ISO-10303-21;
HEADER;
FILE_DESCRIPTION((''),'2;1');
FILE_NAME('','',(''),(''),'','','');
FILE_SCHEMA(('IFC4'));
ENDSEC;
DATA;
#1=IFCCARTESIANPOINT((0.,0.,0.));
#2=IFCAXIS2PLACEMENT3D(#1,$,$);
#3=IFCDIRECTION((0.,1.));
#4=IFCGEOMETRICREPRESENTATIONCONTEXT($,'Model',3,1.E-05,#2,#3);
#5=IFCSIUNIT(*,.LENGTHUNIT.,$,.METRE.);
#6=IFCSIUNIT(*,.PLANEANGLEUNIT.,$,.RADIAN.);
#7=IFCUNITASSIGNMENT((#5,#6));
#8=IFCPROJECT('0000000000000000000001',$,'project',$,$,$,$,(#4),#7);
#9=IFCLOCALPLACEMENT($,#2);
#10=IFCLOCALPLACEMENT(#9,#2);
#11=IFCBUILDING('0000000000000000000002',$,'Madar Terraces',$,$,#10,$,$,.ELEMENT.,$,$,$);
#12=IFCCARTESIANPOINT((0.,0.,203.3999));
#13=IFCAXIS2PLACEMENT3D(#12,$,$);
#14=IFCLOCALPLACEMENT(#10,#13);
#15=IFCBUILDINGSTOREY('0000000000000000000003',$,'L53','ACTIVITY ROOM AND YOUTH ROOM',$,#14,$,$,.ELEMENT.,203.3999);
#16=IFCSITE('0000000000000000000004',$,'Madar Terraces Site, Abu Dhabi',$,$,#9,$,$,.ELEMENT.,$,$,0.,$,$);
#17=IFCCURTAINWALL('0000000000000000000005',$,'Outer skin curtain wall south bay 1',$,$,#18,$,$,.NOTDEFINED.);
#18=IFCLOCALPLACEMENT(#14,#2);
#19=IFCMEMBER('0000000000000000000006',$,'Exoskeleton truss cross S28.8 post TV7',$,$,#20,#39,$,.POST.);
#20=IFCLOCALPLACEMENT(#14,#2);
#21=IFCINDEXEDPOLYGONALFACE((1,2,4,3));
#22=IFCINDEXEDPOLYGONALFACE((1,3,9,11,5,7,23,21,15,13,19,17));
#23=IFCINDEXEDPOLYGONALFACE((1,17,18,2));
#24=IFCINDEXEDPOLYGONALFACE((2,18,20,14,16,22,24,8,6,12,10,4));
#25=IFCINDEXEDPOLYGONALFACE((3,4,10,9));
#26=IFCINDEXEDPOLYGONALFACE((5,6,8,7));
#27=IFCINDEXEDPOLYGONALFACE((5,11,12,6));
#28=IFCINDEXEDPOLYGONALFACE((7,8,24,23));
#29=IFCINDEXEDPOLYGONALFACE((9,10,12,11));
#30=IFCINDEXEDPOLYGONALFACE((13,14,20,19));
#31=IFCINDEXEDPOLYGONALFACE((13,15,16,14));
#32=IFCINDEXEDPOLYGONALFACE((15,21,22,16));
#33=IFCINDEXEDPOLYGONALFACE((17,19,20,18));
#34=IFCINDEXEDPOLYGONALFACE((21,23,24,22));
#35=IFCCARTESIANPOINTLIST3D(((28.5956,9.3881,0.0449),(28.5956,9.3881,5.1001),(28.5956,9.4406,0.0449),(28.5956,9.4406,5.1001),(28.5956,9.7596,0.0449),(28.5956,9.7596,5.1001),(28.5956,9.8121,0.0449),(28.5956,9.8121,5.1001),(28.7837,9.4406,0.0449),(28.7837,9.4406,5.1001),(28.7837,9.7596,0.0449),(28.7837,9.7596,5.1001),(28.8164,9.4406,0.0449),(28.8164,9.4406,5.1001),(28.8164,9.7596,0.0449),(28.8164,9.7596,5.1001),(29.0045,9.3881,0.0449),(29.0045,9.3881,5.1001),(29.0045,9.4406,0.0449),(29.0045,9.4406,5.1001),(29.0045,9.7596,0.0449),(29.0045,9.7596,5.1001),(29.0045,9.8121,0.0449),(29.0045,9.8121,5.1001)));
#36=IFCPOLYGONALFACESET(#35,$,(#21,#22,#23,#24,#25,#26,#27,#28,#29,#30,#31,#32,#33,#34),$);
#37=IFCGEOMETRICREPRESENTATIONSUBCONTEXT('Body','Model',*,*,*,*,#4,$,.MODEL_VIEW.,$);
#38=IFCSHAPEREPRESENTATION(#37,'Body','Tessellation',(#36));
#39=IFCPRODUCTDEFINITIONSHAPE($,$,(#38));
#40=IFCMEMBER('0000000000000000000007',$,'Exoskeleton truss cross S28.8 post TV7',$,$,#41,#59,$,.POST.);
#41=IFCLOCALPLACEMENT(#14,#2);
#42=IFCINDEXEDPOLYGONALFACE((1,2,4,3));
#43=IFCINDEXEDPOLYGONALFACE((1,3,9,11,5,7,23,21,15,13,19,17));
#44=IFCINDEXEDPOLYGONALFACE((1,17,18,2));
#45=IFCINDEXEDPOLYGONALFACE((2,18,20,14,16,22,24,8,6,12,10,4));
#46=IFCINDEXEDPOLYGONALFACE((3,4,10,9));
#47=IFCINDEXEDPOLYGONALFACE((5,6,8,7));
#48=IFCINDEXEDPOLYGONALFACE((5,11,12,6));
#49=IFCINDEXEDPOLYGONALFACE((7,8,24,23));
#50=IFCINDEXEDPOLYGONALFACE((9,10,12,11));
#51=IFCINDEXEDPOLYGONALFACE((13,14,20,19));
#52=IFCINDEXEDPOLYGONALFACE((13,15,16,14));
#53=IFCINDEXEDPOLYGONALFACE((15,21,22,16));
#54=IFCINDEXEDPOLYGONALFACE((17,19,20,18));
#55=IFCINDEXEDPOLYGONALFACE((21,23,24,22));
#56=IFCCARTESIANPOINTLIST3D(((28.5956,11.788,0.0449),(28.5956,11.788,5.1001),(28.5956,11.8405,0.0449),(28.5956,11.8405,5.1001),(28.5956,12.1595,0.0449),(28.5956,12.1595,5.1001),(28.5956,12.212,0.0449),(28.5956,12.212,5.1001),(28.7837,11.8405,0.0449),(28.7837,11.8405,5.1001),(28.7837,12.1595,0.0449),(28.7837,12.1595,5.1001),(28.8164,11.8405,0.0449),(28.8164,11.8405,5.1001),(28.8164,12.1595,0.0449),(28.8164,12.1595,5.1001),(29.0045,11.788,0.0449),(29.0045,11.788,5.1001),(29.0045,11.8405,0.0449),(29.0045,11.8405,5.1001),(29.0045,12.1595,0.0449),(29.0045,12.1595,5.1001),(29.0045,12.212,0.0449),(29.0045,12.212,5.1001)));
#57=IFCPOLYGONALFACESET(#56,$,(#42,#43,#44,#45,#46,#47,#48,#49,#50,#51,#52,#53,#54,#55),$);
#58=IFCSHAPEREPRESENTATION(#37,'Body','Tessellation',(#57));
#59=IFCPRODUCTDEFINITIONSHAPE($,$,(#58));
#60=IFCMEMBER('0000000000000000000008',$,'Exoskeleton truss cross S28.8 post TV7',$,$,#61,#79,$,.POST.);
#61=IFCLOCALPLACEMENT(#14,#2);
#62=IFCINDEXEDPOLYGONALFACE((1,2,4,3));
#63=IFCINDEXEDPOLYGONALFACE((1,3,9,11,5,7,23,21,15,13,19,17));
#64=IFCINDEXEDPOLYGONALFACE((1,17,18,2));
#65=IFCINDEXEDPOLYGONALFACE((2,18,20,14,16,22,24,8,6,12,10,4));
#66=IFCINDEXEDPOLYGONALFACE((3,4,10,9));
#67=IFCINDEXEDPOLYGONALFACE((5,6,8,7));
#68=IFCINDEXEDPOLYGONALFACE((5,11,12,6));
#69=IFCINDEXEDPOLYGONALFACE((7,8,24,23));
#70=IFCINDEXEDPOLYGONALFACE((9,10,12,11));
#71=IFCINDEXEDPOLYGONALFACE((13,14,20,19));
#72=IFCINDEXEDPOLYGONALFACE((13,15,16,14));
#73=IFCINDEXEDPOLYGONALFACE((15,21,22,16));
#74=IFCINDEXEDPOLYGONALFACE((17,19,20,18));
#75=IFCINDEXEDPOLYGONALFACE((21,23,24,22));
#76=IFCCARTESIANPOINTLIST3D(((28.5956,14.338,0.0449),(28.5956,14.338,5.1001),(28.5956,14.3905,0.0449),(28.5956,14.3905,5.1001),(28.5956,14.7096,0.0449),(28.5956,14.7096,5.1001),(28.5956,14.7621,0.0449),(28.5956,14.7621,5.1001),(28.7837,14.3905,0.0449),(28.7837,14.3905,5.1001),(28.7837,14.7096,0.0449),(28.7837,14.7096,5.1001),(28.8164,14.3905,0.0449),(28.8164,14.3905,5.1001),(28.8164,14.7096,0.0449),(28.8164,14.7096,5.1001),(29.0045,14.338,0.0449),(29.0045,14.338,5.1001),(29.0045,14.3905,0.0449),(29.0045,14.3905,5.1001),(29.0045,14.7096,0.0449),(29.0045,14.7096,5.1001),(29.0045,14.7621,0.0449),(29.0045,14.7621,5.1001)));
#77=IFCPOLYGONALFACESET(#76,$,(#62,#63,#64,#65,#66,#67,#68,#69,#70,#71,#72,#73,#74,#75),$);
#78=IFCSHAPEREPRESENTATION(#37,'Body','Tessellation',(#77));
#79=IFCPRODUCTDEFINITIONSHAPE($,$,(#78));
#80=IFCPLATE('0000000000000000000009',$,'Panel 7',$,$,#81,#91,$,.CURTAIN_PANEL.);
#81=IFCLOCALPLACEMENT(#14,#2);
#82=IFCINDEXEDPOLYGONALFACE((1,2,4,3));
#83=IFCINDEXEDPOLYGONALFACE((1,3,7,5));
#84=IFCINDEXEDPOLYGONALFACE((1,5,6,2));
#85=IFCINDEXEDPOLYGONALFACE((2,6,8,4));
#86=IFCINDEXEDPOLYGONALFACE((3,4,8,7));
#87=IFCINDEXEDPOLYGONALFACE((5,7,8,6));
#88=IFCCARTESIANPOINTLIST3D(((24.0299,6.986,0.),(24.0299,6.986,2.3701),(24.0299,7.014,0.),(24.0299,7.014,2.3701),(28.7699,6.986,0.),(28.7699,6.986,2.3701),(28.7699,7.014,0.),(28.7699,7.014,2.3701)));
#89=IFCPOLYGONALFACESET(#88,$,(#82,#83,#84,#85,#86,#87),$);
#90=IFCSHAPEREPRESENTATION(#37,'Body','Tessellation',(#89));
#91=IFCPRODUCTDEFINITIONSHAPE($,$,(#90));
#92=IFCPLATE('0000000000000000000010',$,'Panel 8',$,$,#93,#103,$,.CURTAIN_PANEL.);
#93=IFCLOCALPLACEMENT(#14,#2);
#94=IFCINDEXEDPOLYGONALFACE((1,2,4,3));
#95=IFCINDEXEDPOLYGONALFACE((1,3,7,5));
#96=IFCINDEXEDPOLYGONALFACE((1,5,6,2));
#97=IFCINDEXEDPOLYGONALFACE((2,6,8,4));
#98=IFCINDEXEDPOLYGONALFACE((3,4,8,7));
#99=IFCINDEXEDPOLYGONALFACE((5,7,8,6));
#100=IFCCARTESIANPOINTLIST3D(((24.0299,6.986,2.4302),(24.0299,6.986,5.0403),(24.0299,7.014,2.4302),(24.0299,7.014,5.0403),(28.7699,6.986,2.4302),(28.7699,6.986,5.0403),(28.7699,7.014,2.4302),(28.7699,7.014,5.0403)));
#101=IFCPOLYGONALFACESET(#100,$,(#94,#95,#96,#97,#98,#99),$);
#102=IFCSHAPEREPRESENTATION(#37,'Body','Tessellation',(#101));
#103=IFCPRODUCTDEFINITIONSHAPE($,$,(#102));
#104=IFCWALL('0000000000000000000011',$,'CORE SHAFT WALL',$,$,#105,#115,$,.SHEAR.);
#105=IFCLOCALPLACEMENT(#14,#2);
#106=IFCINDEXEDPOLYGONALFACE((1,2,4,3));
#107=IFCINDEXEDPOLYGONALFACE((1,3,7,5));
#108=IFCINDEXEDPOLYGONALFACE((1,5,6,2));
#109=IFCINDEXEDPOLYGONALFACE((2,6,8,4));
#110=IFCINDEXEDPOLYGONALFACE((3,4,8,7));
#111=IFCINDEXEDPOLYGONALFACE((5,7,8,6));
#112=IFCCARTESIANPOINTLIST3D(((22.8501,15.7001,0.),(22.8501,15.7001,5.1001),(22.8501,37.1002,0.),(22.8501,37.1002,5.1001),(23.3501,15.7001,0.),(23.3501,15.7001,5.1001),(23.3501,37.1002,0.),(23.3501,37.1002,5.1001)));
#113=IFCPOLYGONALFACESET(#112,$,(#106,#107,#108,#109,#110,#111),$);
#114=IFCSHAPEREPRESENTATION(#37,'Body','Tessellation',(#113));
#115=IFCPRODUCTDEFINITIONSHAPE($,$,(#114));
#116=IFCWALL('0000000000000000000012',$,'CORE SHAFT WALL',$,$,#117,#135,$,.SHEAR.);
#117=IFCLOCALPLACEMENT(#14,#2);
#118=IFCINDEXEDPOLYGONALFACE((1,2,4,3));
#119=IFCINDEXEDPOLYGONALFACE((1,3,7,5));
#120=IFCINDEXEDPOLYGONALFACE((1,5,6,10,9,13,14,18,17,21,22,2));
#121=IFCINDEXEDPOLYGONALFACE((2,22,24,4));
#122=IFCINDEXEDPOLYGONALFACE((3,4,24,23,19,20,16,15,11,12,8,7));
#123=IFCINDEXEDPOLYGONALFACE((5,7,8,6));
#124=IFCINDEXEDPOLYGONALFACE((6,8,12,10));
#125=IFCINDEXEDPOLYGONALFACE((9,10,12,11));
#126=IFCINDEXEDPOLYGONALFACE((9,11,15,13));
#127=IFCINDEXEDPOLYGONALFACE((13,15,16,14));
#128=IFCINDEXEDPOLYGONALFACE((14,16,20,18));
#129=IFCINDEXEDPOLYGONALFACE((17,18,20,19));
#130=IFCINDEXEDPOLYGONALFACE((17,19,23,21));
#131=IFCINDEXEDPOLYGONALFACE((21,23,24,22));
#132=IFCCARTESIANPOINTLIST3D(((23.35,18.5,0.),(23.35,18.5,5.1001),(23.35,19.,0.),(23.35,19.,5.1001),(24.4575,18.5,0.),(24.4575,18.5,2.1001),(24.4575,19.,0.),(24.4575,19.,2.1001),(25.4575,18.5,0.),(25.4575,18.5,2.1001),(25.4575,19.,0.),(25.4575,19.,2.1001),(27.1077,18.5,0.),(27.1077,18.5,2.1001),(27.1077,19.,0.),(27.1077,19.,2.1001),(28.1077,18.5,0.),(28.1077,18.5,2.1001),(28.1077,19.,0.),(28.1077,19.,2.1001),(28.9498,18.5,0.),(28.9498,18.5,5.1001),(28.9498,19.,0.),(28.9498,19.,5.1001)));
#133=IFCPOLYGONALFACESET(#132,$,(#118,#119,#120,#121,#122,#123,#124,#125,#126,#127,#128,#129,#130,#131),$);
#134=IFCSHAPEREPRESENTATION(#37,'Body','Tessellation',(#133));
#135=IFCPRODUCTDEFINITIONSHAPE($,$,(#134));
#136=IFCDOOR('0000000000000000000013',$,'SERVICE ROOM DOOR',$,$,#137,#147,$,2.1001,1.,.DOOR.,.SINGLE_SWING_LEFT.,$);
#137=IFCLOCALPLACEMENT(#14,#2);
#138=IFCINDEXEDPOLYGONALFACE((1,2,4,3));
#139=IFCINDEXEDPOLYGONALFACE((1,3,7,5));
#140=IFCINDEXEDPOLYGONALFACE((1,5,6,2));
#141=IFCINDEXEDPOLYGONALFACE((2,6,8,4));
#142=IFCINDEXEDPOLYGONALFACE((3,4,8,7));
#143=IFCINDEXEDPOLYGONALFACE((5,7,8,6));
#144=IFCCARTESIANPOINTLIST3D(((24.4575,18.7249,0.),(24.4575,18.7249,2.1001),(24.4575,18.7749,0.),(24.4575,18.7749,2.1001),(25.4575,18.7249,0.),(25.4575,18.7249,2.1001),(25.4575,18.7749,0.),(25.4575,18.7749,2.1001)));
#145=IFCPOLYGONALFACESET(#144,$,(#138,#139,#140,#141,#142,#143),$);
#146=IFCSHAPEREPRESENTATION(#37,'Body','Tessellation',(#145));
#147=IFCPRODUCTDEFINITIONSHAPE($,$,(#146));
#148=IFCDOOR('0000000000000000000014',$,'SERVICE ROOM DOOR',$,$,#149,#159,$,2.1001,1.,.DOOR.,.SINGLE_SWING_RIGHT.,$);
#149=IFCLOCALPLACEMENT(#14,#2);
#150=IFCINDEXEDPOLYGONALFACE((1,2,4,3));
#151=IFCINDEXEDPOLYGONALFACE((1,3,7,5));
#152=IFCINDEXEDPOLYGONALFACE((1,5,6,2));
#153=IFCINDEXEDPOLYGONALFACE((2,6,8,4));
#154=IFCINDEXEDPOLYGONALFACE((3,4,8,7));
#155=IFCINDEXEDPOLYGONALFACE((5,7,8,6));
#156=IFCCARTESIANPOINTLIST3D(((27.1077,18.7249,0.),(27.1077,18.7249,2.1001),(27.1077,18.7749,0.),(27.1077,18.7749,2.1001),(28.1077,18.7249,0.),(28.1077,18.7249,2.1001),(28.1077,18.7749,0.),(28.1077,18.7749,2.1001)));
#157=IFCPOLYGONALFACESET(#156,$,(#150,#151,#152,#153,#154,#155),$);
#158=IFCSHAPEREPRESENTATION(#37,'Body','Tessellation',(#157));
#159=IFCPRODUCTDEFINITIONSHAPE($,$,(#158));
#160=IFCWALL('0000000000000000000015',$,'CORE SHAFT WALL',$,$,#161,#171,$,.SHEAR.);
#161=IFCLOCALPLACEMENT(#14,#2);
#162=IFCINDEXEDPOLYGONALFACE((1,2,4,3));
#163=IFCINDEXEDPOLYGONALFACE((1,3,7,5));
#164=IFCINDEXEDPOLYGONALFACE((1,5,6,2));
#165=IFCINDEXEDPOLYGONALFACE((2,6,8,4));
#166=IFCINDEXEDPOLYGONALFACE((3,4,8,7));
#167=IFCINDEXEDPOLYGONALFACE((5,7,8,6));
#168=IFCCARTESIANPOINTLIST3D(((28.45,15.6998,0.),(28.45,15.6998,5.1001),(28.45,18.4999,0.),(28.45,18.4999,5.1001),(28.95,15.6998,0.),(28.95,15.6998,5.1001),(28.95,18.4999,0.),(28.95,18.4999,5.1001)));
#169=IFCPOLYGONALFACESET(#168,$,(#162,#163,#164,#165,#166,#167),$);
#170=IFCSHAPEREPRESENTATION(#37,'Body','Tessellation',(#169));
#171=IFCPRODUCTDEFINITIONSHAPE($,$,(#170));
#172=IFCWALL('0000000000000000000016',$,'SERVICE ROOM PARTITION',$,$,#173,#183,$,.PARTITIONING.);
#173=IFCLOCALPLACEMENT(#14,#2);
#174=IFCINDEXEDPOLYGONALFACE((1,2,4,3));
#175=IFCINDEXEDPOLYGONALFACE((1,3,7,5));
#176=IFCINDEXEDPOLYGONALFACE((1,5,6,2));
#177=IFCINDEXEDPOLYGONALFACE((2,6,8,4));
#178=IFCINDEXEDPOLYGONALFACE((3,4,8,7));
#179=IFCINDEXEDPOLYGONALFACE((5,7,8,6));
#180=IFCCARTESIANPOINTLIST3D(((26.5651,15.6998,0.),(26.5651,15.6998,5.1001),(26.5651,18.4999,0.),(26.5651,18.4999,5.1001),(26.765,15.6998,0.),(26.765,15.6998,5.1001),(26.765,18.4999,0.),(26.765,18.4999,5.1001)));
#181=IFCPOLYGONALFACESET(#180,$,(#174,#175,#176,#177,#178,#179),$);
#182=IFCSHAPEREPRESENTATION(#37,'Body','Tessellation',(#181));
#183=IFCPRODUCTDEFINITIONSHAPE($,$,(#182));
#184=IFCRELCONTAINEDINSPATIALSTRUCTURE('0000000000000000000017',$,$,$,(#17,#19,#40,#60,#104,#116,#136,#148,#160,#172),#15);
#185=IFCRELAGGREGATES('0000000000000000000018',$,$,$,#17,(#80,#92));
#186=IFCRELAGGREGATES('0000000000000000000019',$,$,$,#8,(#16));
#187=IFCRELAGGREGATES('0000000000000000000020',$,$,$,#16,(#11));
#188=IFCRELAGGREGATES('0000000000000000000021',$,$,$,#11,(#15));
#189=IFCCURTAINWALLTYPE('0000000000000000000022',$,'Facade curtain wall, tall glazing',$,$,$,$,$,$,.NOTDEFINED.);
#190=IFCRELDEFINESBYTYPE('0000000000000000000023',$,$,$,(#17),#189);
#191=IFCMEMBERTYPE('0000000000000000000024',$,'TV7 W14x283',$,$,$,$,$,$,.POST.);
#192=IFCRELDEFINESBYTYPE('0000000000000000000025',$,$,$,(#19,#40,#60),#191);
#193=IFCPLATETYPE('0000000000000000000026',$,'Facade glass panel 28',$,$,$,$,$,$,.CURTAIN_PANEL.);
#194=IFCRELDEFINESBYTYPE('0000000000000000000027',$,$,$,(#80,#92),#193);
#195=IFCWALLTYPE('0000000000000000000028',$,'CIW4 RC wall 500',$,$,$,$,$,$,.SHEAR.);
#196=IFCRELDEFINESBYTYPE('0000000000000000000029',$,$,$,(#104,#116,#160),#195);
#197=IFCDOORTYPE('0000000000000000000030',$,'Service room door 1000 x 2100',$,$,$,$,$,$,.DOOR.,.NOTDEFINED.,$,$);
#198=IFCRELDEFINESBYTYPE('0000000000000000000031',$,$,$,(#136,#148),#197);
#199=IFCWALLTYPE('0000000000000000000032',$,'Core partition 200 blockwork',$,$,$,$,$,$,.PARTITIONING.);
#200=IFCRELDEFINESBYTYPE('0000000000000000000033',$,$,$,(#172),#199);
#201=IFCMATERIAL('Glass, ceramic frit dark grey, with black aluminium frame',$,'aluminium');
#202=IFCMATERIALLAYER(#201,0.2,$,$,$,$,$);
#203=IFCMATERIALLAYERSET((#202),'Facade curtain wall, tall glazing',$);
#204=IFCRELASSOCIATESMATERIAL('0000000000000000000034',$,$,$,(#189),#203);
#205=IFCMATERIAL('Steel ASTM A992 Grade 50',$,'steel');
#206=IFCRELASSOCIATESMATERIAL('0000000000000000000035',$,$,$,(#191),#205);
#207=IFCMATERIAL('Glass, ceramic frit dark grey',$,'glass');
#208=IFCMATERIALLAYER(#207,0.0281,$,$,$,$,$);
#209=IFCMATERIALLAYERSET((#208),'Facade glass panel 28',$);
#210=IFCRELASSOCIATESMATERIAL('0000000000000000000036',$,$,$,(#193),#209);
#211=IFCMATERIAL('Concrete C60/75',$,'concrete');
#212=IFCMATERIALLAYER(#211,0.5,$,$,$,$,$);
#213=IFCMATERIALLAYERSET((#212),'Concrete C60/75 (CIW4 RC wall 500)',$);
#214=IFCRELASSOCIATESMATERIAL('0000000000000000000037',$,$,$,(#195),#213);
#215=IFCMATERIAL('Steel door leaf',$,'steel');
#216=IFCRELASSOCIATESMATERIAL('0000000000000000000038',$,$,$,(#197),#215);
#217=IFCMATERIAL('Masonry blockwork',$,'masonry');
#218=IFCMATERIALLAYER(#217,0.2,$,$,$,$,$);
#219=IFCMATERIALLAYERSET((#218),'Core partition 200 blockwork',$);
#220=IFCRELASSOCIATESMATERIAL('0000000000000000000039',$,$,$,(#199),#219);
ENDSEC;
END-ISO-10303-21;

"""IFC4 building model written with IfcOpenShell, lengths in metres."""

from ifc_helpers import new_model, si_unit, direction, frame, frame_2d, origin, origin_2d, place, context, subcontext, project, spatial, rectangle, i_section, extrude, material, layer, layer_set, material_profile, profile_set, type_object, element, fill, aggregate, save


model = new_model("IFC4")

# Units and contexts
model_context = context("Model", 3, precision=1e-05, world=origin(), true_north=direction((0.0, 1.0)))
body_context = subcontext(model_context, "Body", "Model", "MODEL_VIEW")
ifc_project = project(units=[si_unit("LENGTHUNIT", "METRE"), si_unit("PLANEANGLEUNIT", "RADIAN")], contexts=[model_context])

# Site, building, storey
site_placement = place(None, origin())
site = spatial("IfcSite", under=ifc_project, at=site_placement, Name="Madar Terraces Site, Abu Dhabi", CompositionType="ELEMENT", RefElevation=0.0)
building_placement = place(site_placement, origin())
building = spatial("IfcBuilding", under=site, at=building_placement, Name="Madar Terraces", CompositionType="ELEMENT")
storey_placement = place(building_placement, frame((0.0, 0.0, 203.3999)))
storey = spatial("IfcBuildingStorey", under=building, at=storey_placement, Name="L53", Description="ACTIVITY ROOM AND YOUTH ROOM", CompositionType="ELEMENT", Elevation=203.3999)

# Curtain wall
ifc_material_1 = material(Name="Glass, ceramic frit dark grey, with black aluminium frame", Category="aluminium")
ifc_layer_1 = layer(ifc_material_1, 0.2)
ifc_layer_set_1 = layer_set([ifc_layer_1], Name="Facade curtain wall, tall glazing")
curtain_wall_type = type_object("IfcCurtainWallType", Name="Facade curtain wall, tall glazing", PredefinedType="NOTDEFINED", material=ifc_layer_set_1)
curtain_wall_placement = place(storey_placement, origin())
curtain_wall = element("IfcCurtainWall", 1, at=curtain_wall_placement, inside=storey, type_object=curtain_wall_type, Name="Outer skin curtain wall south bay 1", PredefinedType="NOTDEFINED")

# Members
ifc_material_2 = material(Name="Steel ASTM A992 Grade 50", Category="steel")
ifc_material_profile_1 = material_profile(ifc_material_2, i_section(OverallWidth=0.4089, OverallDepth=0.4241, WebThickness=0.0327, FlangeThickness=0.0525, at=origin_2d()), Name="W14x283")
ifc_profile_set_1 = profile_set([ifc_material_profile_1], Name="Steel ASTM A992 Grade 50")
member_type_1 = type_object("IfcMemberType", Name="TV7 W14x283", PredefinedType="POST", material=ifc_profile_set_1)
for number, where, z_axis, x_axis, name in (
    (2, (28.8, 9.6001, 0.0449), (0.0, 0.0, 1.0), (-1.0, 0.0, 0.0), "Exoskeleton truss cross S28.8 post TV7"),
    (3, (28.8, 12.0, 0.0449), (0.0, 0.0, 1.0), (-1.0, 0.0, 0.0), "Exoskeleton truss cross S28.8 post TV7"),
    (4, (28.8, 14.55, 0.0449), (0.0, 0.0, 1.0), (-1.0, 0.0, 0.0), "Exoskeleton truss cross S28.8 post TV7"),
):
    element("IfcMember", number, at=place(storey_placement, frame(where, z_axis=z_axis, x_axis=x_axis)), inside=storey, type_object=member_type_1, Name=name, PredefinedType="POST", context=body_context, shape_type="SweptSolid", body=[
        extrude(i_section(OverallWidth=0.4089, OverallDepth=0.4241, WebThickness=0.0327, FlangeThickness=0.0525, at=origin_2d()), origin(), (0.0, 0.0, 1.0), 5.0552),
    ])

# Plates
ifc_material_3 = material(Name="Glass, ceramic frit dark grey", Category="glass")
ifc_layer_2 = layer(ifc_material_3, 0.0281)
ifc_layer_set_2 = layer_set([ifc_layer_2], Name="Facade glass panel 28")
plate_type = type_object("IfcPlateType", Name="Facade glass panel 28", PredefinedType="CURTAIN_PANEL", material=ifc_layer_set_2)
plate_1_placement = place(storey_placement, frame((26.3999, 7.0, 0.0), z_axis=(0.0, 0.0, 1.0), x_axis=(1.0, 0.0, 0.0)))
plate_1 = element("IfcPlate", 5, at=plate_1_placement, type_object=plate_type, Name="Panel 7", PredefinedType="CURTAIN_PANEL", context=body_context, shape_type="SweptSolid", body=[
    extrude(rectangle(XDim=4.74, YDim=0.0281, at=origin_2d()), origin(), (0.0, 0.0, 1.0), 2.3701),
])
plate_2_placement = place(storey_placement, frame((26.3999, 7.0, 2.4302), z_axis=(0.0, 0.0, 1.0), x_axis=(1.0, 0.0, 0.0)))
plate_2 = element("IfcPlate", 6, at=plate_2_placement, type_object=plate_type, Name="Panel 8", PredefinedType="CURTAIN_PANEL", context=body_context, shape_type="SweptSolid", body=[
    extrude(rectangle(XDim=4.74, YDim=0.0281, at=origin_2d()), origin(), (0.0, 0.0, 1.0), 2.6101),
])
aggregate(curtain_wall, [plate_1, plate_2])

# Wall
ifc_material_4 = material(Name="Concrete C60/75", Category="concrete")
ifc_layer_3 = layer(ifc_material_4, 0.5)
ifc_layer_set_3 = layer_set([ifc_layer_3], Name="Concrete C60/75 (CIW4 RC wall 500)")
wall_type_1 = type_object("IfcWallType", Name="CIW4 RC wall 500", PredefinedType="SHEAR", material=ifc_layer_set_3)
wall_1_placement = place(storey_placement, frame((23.1001, 15.7, 0.0), z_axis=(0.0, 0.0, 1.0), x_axis=(0.0, 1.0, 0.0)))
element("IfcWall", 7, at=wall_1_placement, inside=storey, type_object=wall_type_1, Name="CORE SHAFT WALL", PredefinedType="SHEAR", context=body_context, shape_type="SweptSolid", body=[
    extrude(rectangle(XDim=21.4001, YDim=0.5, at=frame_2d((10.7002, 0.0))), origin(), (0.0, 0.0, 1.0), 5.1001),
])

# Wall, openings, doors
wall_2_placement = place(storey_placement, frame((23.3501, 18.75, 0.0), z_axis=(0.0, 0.0, 1.0), x_axis=(1.0, 0.0, 0.0)))
wall_2 = element("IfcWall", 8, at=wall_2_placement, inside=storey, type_object=wall_type_1, Name="CORE SHAFT WALL", PredefinedType="SHEAR", context=body_context, shape_type="SweptSolid", body=[
    extrude(rectangle(XDim=5.5999, YDim=0.5, at=frame_2d((2.7998, 0.0))), origin(), (0.0, 0.0, 1.0), 5.1001),
])
opening_1_placement = place(wall_2_placement, frame((1.1074, 0.0, 0.0)))
opening_1 = element("IfcOpeningElement", 9, at=opening_1_placement, cuts=wall_2, PredefinedType="OPENING", context=body_context, shape_type="SweptSolid", body=[
    extrude(rectangle(XDim=1.0, YDim=2.1001, at=frame_2d((0.5, 1.05))), frame((0.0, 0.26, 0.0), z_axis=(0.0, -1.0, 0.0), x_axis=(1.0, 0.0, 0.0)), (0.0, 0.0, 1.0), 0.52),
])
opening_2_placement = place(wall_2_placement, frame((3.7576, 0.0, 0.0)))
opening_2 = element("IfcOpeningElement", 10, at=opening_2_placement, cuts=wall_2, PredefinedType="OPENING", context=body_context, shape_type="SweptSolid", body=[
    extrude(rectangle(XDim=1.0, YDim=2.1001, at=frame_2d((0.5, 1.05))), frame((0.0, 0.26, 0.0), z_axis=(0.0, -1.0, 0.0), x_axis=(1.0, 0.0, 0.0)), (0.0, 0.0, 1.0), 0.52),
])
ifc_material_5 = material(Name="Steel door leaf", Category="steel")
door_type_1 = type_object("IfcDoorType", Name="Service room door 1000 x 2100", OperationType="NOTDEFINED", PredefinedType="DOOR", material=ifc_material_5)
door_1_placement = place(opening_1_placement, origin())
door_1 = element("IfcDoor", 11, at=door_1_placement, inside=storey, type_object=door_type_1, Name="SERVICE ROOM DOOR", OperationType="SINGLE_SWING_LEFT", OverallHeight=2.1001, OverallWidth=1.0, PredefinedType="DOOR", context=body_context, shape_type="SweptSolid", body=[
    extrude(rectangle(XDim=1.0, YDim=2.1001, at=frame_2d((0.5, 1.05))), frame((0.0, 0.0249, 0.0), z_axis=(0.0, -1.0, 0.0), x_axis=(1.0, 0.0, 0.0)), (0.0, 0.0, 1.0), 0.05),
])
fill(opening_1, door_1)
door_2_placement = place(opening_2_placement, origin())
door_2 = element("IfcDoor", 12, at=door_2_placement, inside=storey, type_object=door_type_1, Name="SERVICE ROOM DOOR", OperationType="SINGLE_SWING_RIGHT", OverallHeight=2.1001, OverallWidth=1.0, PredefinedType="DOOR", context=body_context, shape_type="SweptSolid", body=[
    extrude(rectangle(XDim=1.0, YDim=2.1001, at=frame_2d((0.5, 1.05))), frame((0.0, 0.0249, 0.0), z_axis=(0.0, -1.0, 0.0), x_axis=(1.0, 0.0, 0.0)), (0.0, 0.0, 1.0), 0.05),
])
fill(opening_2, door_2)

# Walls
wall_3_placement = place(storey_placement, frame((28.7, 15.7, 0.0), z_axis=(0.0, 0.0, 1.0), x_axis=(0.0, 1.0, 0.0)))
element("IfcWall", 13, at=wall_3_placement, inside=storey, type_object=wall_type_1, Name="CORE SHAFT WALL", PredefinedType="SHEAR", context=body_context, shape_type="SweptSolid", body=[
    extrude(rectangle(XDim=2.8, YDim=0.5, at=frame_2d((1.3999, 0.0))), origin(), (0.0, 0.0, 1.0), 5.1001),
])
ifc_material_6 = material(Name="Masonry blockwork", Category="masonry")
ifc_layer_4 = layer(ifc_material_6, 0.2)
ifc_layer_set_4 = layer_set([ifc_layer_4], Name="Core partition 200 blockwork")
wall_type_2 = type_object("IfcWallType", Name="Core partition 200 blockwork", PredefinedType="PARTITIONING", material=ifc_layer_set_4)
wall_4_placement = place(storey_placement, frame((26.665, 15.7, 0.0), z_axis=(0.0, 0.0, 1.0), x_axis=(0.0, 1.0, 0.0)))
element("IfcWall", 14, at=wall_4_placement, inside=storey, type_object=wall_type_2, Name="SERVICE ROOM PARTITION", PredefinedType="PARTITIONING", context=body_context, shape_type="SweptSolid", body=[
    extrude(rectangle(XDim=2.8, YDim=0.2, at=frame_2d((1.3999, 0.0))), origin(), (0.0, 0.0, 1.0), 5.1001),
])

save(model, "model.ifc")
